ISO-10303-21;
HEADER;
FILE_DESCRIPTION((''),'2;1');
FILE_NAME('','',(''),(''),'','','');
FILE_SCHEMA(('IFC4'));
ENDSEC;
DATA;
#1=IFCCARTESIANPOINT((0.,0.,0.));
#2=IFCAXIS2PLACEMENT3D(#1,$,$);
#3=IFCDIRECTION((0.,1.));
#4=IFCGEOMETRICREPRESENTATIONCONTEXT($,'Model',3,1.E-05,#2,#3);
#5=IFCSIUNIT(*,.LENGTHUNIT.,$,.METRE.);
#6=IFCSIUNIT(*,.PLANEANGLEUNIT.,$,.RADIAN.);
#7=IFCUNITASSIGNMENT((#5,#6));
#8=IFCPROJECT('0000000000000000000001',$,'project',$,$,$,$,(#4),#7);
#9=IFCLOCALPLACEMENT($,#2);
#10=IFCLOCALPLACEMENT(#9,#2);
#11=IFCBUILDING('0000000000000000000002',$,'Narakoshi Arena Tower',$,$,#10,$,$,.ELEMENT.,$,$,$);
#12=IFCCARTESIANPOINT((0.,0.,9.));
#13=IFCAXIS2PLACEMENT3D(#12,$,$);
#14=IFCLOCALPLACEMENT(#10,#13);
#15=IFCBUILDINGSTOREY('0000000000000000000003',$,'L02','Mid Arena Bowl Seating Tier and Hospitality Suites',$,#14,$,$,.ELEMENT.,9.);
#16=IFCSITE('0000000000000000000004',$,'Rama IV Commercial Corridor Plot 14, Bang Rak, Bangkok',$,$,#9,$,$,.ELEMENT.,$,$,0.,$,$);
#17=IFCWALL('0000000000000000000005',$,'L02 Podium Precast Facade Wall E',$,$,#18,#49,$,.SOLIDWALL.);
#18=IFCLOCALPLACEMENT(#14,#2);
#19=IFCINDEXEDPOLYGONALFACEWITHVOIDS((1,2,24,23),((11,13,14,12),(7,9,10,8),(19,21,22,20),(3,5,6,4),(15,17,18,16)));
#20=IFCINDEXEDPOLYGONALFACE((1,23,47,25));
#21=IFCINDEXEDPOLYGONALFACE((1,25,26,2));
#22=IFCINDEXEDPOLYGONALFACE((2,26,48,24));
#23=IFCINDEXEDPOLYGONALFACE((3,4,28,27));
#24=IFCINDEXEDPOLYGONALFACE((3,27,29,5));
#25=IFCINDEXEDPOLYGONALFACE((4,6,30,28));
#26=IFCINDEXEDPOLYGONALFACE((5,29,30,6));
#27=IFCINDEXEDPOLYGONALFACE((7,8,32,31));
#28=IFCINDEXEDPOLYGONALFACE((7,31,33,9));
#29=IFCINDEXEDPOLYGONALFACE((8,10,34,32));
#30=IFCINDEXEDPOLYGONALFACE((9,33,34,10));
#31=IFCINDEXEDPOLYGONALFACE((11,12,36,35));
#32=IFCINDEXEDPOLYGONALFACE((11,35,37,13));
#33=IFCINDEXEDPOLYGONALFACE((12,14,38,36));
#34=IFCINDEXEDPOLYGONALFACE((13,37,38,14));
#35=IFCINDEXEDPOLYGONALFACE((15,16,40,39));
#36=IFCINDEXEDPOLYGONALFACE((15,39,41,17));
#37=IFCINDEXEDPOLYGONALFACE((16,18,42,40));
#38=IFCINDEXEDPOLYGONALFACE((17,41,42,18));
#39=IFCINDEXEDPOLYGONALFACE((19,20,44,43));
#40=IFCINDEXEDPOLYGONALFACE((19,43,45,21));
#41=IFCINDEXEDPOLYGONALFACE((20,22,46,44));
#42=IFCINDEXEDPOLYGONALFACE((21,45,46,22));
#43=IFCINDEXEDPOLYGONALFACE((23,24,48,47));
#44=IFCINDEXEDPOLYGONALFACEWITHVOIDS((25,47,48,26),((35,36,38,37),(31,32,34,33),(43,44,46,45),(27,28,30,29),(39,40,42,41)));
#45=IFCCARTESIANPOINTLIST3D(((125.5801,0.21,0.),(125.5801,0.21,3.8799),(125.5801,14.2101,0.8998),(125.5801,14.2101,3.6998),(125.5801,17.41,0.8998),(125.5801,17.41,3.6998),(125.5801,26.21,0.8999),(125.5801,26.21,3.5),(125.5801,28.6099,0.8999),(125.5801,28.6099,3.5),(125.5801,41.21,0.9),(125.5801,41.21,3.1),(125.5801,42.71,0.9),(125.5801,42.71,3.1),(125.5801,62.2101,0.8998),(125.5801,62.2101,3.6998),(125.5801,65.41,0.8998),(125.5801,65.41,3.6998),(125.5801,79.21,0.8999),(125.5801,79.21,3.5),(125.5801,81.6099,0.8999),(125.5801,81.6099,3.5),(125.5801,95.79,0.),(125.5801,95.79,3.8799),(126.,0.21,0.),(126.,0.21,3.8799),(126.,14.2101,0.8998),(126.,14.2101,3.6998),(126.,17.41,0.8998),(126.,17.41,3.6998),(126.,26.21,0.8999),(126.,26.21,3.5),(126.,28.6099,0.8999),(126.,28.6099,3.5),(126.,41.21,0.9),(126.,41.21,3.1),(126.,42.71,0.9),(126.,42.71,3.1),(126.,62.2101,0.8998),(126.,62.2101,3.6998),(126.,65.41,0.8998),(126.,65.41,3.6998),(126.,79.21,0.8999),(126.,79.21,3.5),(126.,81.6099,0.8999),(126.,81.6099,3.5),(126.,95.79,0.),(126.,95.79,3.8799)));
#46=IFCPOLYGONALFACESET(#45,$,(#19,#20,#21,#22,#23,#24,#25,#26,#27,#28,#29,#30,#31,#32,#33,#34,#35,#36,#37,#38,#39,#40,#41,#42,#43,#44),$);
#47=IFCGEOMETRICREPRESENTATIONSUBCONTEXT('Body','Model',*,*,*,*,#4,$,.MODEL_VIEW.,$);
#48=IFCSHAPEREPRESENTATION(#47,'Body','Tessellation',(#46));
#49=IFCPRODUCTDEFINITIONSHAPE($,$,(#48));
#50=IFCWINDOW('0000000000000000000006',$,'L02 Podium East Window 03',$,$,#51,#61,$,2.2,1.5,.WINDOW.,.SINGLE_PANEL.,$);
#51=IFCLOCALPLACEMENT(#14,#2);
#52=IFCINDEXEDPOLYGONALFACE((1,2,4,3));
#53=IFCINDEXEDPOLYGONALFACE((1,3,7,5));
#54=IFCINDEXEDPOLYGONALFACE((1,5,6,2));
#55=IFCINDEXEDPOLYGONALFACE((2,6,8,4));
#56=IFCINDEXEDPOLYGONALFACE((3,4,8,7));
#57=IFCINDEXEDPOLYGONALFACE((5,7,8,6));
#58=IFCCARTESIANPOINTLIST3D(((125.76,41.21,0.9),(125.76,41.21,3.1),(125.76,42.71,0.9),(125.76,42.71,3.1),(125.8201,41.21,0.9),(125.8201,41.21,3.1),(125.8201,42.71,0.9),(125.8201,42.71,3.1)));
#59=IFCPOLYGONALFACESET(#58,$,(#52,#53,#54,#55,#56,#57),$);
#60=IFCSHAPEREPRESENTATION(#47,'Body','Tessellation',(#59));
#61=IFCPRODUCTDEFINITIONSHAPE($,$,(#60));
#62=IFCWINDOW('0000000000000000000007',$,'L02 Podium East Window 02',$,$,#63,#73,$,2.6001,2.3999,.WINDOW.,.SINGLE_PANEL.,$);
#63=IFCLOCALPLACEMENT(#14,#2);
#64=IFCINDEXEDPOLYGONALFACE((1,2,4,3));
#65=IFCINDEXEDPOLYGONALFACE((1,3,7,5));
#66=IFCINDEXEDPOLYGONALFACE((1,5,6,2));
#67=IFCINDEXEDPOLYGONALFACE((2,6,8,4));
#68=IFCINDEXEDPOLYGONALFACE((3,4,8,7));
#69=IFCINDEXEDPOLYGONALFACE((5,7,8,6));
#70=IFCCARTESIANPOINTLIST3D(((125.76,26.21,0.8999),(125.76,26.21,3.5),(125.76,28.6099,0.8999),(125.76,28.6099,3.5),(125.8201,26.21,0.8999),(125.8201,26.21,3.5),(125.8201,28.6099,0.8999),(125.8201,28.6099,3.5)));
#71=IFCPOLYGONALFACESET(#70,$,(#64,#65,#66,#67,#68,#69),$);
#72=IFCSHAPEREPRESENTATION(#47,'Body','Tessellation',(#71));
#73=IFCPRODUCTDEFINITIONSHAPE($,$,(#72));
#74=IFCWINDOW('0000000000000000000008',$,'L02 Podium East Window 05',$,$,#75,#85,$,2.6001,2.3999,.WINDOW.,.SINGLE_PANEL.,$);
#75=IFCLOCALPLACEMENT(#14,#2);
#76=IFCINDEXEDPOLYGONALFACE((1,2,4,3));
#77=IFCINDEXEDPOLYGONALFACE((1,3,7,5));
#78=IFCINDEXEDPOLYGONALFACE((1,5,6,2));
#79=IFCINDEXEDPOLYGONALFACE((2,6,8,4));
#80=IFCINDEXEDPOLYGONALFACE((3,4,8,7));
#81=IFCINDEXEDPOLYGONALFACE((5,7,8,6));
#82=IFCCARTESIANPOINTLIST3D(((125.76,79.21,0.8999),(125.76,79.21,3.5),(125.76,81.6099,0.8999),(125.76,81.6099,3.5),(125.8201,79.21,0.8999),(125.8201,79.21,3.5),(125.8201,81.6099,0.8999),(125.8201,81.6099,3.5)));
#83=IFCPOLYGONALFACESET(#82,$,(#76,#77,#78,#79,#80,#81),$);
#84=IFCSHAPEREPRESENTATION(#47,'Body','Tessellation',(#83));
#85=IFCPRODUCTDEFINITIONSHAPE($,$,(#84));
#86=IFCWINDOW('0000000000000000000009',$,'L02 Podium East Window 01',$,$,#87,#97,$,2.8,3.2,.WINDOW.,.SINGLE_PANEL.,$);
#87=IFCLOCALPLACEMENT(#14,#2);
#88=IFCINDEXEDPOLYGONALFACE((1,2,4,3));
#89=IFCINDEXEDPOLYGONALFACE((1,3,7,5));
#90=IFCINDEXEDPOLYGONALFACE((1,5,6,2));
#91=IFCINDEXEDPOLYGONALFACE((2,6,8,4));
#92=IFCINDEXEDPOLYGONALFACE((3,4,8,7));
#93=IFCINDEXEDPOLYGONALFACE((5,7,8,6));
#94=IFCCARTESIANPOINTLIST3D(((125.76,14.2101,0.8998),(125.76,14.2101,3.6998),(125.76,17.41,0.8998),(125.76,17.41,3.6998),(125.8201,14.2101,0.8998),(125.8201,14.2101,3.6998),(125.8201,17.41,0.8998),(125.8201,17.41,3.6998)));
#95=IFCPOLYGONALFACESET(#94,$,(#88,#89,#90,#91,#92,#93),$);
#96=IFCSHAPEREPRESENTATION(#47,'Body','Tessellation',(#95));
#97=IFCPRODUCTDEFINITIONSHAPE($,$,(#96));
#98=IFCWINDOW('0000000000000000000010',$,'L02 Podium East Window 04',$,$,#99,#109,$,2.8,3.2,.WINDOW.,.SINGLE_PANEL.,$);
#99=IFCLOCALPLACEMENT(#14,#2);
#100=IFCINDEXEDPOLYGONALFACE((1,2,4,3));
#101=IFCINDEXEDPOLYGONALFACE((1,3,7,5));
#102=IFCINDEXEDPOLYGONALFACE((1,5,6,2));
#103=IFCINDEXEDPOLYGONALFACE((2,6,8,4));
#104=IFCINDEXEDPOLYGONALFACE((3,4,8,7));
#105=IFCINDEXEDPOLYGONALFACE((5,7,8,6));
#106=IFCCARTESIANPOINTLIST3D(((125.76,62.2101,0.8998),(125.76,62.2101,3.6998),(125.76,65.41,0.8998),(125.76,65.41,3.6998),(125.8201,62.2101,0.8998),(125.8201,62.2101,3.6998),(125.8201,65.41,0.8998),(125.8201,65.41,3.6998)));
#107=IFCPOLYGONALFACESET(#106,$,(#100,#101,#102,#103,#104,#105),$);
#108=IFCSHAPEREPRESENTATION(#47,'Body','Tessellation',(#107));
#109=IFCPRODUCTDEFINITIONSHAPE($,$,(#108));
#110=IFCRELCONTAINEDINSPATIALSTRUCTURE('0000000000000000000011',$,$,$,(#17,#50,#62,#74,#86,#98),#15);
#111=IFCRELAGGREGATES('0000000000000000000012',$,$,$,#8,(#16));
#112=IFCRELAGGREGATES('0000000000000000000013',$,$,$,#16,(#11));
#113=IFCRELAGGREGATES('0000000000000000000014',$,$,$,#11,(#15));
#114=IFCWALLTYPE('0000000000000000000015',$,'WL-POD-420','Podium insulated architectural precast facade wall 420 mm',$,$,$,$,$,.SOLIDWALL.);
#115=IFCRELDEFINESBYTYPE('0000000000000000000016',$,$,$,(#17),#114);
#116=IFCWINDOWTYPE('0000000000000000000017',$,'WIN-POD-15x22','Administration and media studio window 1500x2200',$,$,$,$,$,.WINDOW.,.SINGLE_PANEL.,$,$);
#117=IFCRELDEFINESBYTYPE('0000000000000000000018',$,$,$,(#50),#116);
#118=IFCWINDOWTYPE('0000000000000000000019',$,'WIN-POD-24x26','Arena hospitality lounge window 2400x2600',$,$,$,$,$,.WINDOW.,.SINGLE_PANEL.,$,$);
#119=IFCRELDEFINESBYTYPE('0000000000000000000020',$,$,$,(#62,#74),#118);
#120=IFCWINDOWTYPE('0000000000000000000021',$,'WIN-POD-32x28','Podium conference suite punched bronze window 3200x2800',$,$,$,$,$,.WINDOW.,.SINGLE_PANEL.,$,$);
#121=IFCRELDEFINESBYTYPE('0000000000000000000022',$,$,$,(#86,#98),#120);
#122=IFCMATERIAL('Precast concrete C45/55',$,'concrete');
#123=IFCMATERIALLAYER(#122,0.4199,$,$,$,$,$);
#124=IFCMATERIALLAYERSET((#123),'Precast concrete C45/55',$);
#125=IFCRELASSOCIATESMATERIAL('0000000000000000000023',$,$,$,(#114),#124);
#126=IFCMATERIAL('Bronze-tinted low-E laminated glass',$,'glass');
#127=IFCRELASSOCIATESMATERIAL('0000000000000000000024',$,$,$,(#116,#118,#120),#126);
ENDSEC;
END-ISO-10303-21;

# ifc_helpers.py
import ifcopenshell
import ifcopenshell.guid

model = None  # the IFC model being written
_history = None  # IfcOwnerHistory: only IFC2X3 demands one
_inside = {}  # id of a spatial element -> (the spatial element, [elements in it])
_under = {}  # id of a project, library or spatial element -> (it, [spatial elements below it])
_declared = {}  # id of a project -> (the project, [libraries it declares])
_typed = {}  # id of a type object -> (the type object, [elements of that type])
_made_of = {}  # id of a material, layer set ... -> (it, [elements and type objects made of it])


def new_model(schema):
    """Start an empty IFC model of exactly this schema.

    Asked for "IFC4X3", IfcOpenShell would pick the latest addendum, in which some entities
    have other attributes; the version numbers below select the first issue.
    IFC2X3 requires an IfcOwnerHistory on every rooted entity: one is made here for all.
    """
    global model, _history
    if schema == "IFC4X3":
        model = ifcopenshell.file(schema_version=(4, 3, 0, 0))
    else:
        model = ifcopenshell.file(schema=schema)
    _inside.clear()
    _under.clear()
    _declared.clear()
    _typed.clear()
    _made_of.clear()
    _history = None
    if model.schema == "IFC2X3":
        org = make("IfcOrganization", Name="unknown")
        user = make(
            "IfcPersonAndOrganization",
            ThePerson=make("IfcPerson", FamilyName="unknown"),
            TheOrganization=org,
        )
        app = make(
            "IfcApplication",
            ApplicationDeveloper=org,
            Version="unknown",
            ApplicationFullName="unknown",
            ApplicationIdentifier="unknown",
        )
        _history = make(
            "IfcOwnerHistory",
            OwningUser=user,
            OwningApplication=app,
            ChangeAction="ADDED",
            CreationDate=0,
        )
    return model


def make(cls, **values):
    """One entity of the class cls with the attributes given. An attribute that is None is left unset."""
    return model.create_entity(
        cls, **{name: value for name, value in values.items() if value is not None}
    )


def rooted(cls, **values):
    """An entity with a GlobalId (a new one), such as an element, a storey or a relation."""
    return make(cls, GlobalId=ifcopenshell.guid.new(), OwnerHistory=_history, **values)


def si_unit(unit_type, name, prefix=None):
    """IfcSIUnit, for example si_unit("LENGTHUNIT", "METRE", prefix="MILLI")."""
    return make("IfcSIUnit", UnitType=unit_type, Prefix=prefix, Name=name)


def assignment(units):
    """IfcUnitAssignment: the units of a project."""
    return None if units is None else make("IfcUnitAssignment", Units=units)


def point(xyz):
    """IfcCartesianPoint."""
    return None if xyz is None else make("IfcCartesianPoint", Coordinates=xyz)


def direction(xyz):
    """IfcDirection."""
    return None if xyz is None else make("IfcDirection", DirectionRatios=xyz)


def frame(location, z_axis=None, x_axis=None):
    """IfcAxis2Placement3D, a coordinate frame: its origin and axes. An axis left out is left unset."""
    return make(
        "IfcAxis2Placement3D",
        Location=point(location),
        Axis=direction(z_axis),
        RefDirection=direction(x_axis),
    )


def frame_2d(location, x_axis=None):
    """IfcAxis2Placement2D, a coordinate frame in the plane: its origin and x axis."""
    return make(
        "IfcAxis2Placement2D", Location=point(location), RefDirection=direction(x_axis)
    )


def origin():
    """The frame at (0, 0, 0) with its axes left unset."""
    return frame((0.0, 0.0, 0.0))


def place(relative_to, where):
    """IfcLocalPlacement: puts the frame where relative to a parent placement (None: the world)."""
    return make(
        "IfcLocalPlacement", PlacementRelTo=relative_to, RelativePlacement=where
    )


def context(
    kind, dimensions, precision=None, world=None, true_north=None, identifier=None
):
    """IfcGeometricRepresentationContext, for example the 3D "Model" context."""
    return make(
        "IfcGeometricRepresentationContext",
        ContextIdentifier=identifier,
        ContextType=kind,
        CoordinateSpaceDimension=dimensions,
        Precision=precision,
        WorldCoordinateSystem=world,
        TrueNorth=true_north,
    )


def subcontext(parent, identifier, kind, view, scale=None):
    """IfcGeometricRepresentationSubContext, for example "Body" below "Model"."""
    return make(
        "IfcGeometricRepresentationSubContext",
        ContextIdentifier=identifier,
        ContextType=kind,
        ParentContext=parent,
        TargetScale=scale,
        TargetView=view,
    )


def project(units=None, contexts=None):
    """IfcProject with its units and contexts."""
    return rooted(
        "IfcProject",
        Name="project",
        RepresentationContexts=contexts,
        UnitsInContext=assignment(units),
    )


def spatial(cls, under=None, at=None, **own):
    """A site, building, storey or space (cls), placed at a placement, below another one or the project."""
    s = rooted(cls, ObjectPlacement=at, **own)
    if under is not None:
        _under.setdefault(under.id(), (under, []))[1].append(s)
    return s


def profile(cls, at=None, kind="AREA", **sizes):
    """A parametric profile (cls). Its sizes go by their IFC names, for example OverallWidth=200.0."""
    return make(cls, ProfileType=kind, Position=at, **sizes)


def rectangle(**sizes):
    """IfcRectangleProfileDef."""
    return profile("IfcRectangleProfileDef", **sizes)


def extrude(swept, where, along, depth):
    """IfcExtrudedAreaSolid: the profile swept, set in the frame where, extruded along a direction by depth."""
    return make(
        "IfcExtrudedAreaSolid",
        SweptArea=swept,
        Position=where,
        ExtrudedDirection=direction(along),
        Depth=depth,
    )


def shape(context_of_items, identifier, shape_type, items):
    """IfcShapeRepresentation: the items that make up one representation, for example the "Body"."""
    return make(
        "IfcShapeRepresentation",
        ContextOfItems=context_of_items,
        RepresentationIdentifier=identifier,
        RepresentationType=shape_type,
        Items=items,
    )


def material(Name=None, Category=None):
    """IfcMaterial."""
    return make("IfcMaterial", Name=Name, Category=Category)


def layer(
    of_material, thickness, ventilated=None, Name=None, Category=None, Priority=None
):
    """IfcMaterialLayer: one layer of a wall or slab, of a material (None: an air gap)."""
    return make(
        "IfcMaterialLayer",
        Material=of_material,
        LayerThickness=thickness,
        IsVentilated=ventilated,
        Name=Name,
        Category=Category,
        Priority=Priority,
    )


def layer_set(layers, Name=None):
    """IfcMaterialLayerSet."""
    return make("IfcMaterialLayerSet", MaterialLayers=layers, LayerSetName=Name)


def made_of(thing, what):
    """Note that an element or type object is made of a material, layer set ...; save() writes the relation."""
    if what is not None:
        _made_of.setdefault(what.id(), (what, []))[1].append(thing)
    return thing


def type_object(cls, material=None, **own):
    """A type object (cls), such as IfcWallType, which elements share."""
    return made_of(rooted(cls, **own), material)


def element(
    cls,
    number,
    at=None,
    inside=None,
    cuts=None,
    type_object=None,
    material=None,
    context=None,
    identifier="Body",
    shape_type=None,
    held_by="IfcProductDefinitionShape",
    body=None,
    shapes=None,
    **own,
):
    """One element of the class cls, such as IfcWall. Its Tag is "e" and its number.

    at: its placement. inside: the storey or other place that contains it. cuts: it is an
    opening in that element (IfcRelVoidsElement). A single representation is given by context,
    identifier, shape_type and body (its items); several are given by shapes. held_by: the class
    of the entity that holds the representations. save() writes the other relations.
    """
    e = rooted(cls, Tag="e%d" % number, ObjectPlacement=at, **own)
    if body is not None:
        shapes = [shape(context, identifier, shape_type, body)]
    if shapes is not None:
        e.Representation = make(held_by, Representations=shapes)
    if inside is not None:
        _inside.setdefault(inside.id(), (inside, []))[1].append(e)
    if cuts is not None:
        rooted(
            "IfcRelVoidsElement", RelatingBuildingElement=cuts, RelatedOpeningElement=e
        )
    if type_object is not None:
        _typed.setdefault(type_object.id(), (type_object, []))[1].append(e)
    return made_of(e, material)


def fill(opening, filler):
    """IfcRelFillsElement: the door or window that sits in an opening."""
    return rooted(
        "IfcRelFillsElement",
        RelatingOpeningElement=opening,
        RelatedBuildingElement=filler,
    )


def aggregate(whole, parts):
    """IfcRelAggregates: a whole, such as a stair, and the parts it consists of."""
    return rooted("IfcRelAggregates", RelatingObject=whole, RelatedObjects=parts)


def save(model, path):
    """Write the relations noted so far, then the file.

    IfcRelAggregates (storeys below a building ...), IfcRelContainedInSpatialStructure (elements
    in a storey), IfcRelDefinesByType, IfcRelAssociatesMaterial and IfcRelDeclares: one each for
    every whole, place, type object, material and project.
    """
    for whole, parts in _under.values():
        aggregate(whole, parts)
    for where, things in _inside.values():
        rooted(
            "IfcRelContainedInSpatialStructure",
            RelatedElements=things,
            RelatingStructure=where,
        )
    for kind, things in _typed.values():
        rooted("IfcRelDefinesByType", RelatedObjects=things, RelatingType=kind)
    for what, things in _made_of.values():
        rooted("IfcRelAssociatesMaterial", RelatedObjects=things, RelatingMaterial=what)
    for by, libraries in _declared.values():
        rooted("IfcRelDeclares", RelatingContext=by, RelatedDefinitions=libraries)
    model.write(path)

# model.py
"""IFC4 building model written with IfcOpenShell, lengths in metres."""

from ifc_helpers import new_model, si_unit, direction, frame, frame_2d, origin, place, context, subcontext, project, spatial, rectangle, extrude, material, layer, layer_set, type_object, element, fill, save


model = new_model("IFC4")

# Units and contexts
model_context = context("Model", 3, precision=1e-05, world=origin(), true_north=direction((0.0, 1.0)))
body_context = subcontext(model_context, "Body", "Model", "MODEL_VIEW")
ifc_project = project(units=[si_unit("LENGTHUNIT", "METRE"), si_unit("PLANEANGLEUNIT", "RADIAN")], contexts=[model_context])

# Site, building, storey
site_placement = place(None, origin())
site = spatial("IfcSite", under=ifc_project, at=site_placement, Name="Rama IV Commercial Corridor Plot 14, Bang Rak, Bangkok", CompositionType="ELEMENT", RefElevation=0.0)
building_placement = place(site_placement, origin())
building = spatial("IfcBuilding", under=site, at=building_placement, Name="Narakoshi Arena Tower", CompositionType="ELEMENT")
storey_placement = place(building_placement, frame((0.0, 0.0, 9.0)))
storey = spatial("IfcBuildingStorey", under=building, at=storey_placement, Name="L02", Description="Mid Arena Bowl Seating Tier and Hospitality Suites", CompositionType="ELEMENT", Elevation=9.0)

# Wall, openings, windows
ifc_material_1 = material(Name="Precast concrete C45/55", Category="concrete")
ifc_layer_1 = layer(ifc_material_1, 0.4199)
ifc_layer_set_1 = layer_set([ifc_layer_1], Name="Precast concrete C45/55")
wall_type_1 = type_object("IfcWallType", Name="WL-POD-420", Description="Podium insulated architectural precast facade wall 420 mm", PredefinedType="SOLIDWALL", material=ifc_layer_set_1)
wall_1_placement = place(storey_placement, frame((125.79, 0.21, 0.0), z_axis=(0.0, 0.0, 1.0), x_axis=(0.0, 1.0, 0.0)))
wall_1 = element("IfcWall", 1, at=wall_1_placement, inside=storey, type_object=wall_type_1, Name="L02 Podium Precast Facade Wall E", PredefinedType="SOLIDWALL", context=body_context, shape_type="SweptSolid", body=[
    extrude(rectangle(XDim=95.5801, YDim=0.4199, at=frame_2d((47.79, 0.0))), origin(), (0.0, 0.0, 1.0), 3.8799),
])
opening_1_placement = place(wall_1_placement, frame((14.0, 0.0, 0.8999)))
opening_1 = element("IfcOpeningElement", 2, at=opening_1_placement, cuts=wall_1, PredefinedType="OPENING", context=body_context, shape_type="SweptSolid", body=[
    extrude(rectangle(XDim=3.2, YDim=2.8, at=frame_2d((1.6001, 1.3999))), frame((0.0, 0.22, 0.0), z_axis=(0.0, -1.0, 0.0), x_axis=(1.0, 0.0, 0.0)), (0.0, 0.0, 1.0), 0.4399),
])
opening_2_placement = place(wall_1_placement, frame((26.0, 0.0, 0.8999)))
opening_2 = element("IfcOpeningElement", 3, at=opening_2_placement, cuts=wall_1, PredefinedType="OPENING", context=body_context, shape_type="SweptSolid", body=[
    extrude(rectangle(XDim=2.3999, YDim=2.6001, at=frame_2d((1.2, 1.3))), frame((0.0, 0.22, 0.0), z_axis=(0.0, -1.0, 0.0), x_axis=(1.0, 0.0, 0.0)), (0.0, 0.0, 1.0), 0.4399),
])
opening_3_placement = place(wall_1_placement, frame((41.0, 0.0, 0.8999)))
opening_3 = element("IfcOpeningElement", 4, at=opening_3_placement, cuts=wall_1, PredefinedType="OPENING", context=body_context, shape_type="SweptSolid", body=[
    extrude(rectangle(XDim=1.5, YDim=2.2, at=frame_2d((0.75, 1.1001))), frame((0.0, 0.22, 0.0), z_axis=(0.0, -1.0, 0.0), x_axis=(1.0, 0.0, 0.0)), (0.0, 0.0, 1.0), 0.4399),
])
opening_4_placement = place(wall_1_placement, frame((62.0, 0.0, 0.8999)))
opening_4 = element("IfcOpeningElement", 5, at=opening_4_placement, cuts=wall_1, PredefinedType="OPENING", context=body_context, shape_type="SweptSolid", body=[
    extrude(rectangle(XDim=3.2, YDim=2.8, at=frame_2d((1.6001, 1.3999))), frame((0.0, 0.22, 0.0), z_axis=(0.0, -1.0, 0.0), x_axis=(1.0, 0.0, 0.0)), (0.0, 0.0, 1.0), 0.4399),
])
opening_5_placement = place(wall_1_placement, frame((79.0, 0.0, 0.8999)))
opening_5 = element("IfcOpeningElement", 6, at=opening_5_placement, cuts=wall_1, PredefinedType="OPENING", context=body_context, shape_type="SweptSolid", body=[
    extrude(rectangle(XDim=2.3999, YDim=2.6001, at=frame_2d((1.2, 1.3))), frame((0.0, 0.22, 0.0), z_axis=(0.0, -1.0, 0.0), x_axis=(1.0, 0.0, 0.0)), (0.0, 0.0, 1.0), 0.4399),
])
ifc_material_2 = material(Name="Bronze-tinted low-E laminated glass", Category="glass")
window_type_1 = type_object("IfcWindowType", Name="WIN-POD-15x22", Description="Administration and media studio window 1500x2200", PartitioningType="SINGLE_PANEL", PredefinedType="WINDOW", material=ifc_material_2)
window_1_placement = place(opening_3_placement, origin())
window_1 = element("IfcWindow", 7, at=window_1_placement, inside=storey, type_object=window_type_1, Name="L02 Podium East Window 03", OverallHeight=2.2, OverallWidth=1.5, PartitioningType="SINGLE_PANEL", PredefinedType="WINDOW", context=body_context, shape_type="SweptSolid", body=[
    extrude(rectangle(XDim=1.5, YDim=2.2, at=frame_2d((0.75, 1.1001))), frame((0.0, 0.03, 0.0), z_axis=(0.0, -1.0, 0.0), x_axis=(1.0, 0.0, 0.0)), (0.0, 0.0, 1.0), 0.0601),
])
fill(opening_3, window_1)
window_type_2 = type_object("IfcWindowType", Name="WIN-POD-24x26", Description="Arena hospitality lounge window 2400x2600", PartitioningType="SINGLE_PANEL", PredefinedType="WINDOW", material=ifc_material_2)
window_2_placement = place(opening_2_placement, origin())
window_2 = element("IfcWindow", 8, at=window_2_placement, inside=storey, type_object=window_type_2, Name="L02 Podium East Window 02", OverallHeight=2.6001, OverallWidth=2.3999, PartitioningType="SINGLE_PANEL", PredefinedType="WINDOW", context=body_context, shape_type="SweptSolid", body=[
    extrude(rectangle(XDim=2.3999, YDim=2.6001, at=frame_2d((1.2, 1.3))), frame((0.0, 0.03, 0.0), z_axis=(0.0, -1.0, 0.0), x_axis=(1.0, 0.0, 0.0)), (0.0, 0.0, 1.0), 0.0601),
])
fill(opening_2, window_2)
window_3_placement = place(opening_5_placement, origin())
window_3 = element("IfcWindow", 9, at=window_3_placement, inside=storey, type_object=window_type_2, Name="L02 Podium East Window 05", OverallHeight=2.6001, OverallWidth=2.3999, PartitioningType="SINGLE_PANEL", PredefinedType="WINDOW", context=body_context, shape_type="SweptSolid", body=[
    extrude(rectangle(XDim=2.3999, YDim=2.6001, at=frame_2d((1.2, 1.3))), frame((0.0, 0.03, 0.0), z_axis=(0.0, -1.0, 0.0), x_axis=(1.0, 0.0, 0.0)), (0.0, 0.0, 1.0), 0.0601),
])
fill(opening_5, window_3)
window_type_3 = type_object("IfcWindowType", Name="WIN-POD-32x28", Description="Podium conference suite punched bronze window 3200x2800", PartitioningType="SINGLE_PANEL", PredefinedType="WINDOW", material=ifc_material_2)
window_4_placement = place(opening_1_placement, origin())
window_4 = element("IfcWindow", 10, at=window_4_placement, inside=storey, type_object=window_type_3, Name="L02 Podium East Window 01", OverallHeight=2.8, OverallWidth=3.2, PartitioningType="SINGLE_PANEL", PredefinedType="WINDOW", context=body_context, shape_type="SweptSolid", body=[
    extrude(rectangle(XDim=3.2, YDim=2.8, at=frame_2d((1.6001, 1.3999))), frame((0.0, 0.03, 0.0), z_axis=(0.0, -1.0, 0.0), x_axis=(1.0, 0.0, 0.0)), (0.0, 0.0, 1.0), 0.0601),
])
fill(opening_1, window_4)
window_5_placement = place(opening_4_placement, origin())
window_5 = element("IfcWindow", 11, at=window_5_placement, inside=storey, type_object=window_type_3, Name="L02 Podium East Window 04", OverallHeight=2.8, OverallWidth=3.2, PartitioningType="SINGLE_PANEL", PredefinedType="WINDOW", context=body_context, shape_type="SweptSolid", body=[
    extrude(rectangle(XDim=3.2, YDim=2.8, at=frame_2d((1.6001, 1.3999))), frame((0.0, 0.03, 0.0), z_axis=(0.0, -1.0, 0.0), x_axis=(1.0, 0.0, 0.0)), (0.0, 0.0, 1.0), 0.0601),
])
fill(opening_4, window_5)

save(model, "model.ifc")
